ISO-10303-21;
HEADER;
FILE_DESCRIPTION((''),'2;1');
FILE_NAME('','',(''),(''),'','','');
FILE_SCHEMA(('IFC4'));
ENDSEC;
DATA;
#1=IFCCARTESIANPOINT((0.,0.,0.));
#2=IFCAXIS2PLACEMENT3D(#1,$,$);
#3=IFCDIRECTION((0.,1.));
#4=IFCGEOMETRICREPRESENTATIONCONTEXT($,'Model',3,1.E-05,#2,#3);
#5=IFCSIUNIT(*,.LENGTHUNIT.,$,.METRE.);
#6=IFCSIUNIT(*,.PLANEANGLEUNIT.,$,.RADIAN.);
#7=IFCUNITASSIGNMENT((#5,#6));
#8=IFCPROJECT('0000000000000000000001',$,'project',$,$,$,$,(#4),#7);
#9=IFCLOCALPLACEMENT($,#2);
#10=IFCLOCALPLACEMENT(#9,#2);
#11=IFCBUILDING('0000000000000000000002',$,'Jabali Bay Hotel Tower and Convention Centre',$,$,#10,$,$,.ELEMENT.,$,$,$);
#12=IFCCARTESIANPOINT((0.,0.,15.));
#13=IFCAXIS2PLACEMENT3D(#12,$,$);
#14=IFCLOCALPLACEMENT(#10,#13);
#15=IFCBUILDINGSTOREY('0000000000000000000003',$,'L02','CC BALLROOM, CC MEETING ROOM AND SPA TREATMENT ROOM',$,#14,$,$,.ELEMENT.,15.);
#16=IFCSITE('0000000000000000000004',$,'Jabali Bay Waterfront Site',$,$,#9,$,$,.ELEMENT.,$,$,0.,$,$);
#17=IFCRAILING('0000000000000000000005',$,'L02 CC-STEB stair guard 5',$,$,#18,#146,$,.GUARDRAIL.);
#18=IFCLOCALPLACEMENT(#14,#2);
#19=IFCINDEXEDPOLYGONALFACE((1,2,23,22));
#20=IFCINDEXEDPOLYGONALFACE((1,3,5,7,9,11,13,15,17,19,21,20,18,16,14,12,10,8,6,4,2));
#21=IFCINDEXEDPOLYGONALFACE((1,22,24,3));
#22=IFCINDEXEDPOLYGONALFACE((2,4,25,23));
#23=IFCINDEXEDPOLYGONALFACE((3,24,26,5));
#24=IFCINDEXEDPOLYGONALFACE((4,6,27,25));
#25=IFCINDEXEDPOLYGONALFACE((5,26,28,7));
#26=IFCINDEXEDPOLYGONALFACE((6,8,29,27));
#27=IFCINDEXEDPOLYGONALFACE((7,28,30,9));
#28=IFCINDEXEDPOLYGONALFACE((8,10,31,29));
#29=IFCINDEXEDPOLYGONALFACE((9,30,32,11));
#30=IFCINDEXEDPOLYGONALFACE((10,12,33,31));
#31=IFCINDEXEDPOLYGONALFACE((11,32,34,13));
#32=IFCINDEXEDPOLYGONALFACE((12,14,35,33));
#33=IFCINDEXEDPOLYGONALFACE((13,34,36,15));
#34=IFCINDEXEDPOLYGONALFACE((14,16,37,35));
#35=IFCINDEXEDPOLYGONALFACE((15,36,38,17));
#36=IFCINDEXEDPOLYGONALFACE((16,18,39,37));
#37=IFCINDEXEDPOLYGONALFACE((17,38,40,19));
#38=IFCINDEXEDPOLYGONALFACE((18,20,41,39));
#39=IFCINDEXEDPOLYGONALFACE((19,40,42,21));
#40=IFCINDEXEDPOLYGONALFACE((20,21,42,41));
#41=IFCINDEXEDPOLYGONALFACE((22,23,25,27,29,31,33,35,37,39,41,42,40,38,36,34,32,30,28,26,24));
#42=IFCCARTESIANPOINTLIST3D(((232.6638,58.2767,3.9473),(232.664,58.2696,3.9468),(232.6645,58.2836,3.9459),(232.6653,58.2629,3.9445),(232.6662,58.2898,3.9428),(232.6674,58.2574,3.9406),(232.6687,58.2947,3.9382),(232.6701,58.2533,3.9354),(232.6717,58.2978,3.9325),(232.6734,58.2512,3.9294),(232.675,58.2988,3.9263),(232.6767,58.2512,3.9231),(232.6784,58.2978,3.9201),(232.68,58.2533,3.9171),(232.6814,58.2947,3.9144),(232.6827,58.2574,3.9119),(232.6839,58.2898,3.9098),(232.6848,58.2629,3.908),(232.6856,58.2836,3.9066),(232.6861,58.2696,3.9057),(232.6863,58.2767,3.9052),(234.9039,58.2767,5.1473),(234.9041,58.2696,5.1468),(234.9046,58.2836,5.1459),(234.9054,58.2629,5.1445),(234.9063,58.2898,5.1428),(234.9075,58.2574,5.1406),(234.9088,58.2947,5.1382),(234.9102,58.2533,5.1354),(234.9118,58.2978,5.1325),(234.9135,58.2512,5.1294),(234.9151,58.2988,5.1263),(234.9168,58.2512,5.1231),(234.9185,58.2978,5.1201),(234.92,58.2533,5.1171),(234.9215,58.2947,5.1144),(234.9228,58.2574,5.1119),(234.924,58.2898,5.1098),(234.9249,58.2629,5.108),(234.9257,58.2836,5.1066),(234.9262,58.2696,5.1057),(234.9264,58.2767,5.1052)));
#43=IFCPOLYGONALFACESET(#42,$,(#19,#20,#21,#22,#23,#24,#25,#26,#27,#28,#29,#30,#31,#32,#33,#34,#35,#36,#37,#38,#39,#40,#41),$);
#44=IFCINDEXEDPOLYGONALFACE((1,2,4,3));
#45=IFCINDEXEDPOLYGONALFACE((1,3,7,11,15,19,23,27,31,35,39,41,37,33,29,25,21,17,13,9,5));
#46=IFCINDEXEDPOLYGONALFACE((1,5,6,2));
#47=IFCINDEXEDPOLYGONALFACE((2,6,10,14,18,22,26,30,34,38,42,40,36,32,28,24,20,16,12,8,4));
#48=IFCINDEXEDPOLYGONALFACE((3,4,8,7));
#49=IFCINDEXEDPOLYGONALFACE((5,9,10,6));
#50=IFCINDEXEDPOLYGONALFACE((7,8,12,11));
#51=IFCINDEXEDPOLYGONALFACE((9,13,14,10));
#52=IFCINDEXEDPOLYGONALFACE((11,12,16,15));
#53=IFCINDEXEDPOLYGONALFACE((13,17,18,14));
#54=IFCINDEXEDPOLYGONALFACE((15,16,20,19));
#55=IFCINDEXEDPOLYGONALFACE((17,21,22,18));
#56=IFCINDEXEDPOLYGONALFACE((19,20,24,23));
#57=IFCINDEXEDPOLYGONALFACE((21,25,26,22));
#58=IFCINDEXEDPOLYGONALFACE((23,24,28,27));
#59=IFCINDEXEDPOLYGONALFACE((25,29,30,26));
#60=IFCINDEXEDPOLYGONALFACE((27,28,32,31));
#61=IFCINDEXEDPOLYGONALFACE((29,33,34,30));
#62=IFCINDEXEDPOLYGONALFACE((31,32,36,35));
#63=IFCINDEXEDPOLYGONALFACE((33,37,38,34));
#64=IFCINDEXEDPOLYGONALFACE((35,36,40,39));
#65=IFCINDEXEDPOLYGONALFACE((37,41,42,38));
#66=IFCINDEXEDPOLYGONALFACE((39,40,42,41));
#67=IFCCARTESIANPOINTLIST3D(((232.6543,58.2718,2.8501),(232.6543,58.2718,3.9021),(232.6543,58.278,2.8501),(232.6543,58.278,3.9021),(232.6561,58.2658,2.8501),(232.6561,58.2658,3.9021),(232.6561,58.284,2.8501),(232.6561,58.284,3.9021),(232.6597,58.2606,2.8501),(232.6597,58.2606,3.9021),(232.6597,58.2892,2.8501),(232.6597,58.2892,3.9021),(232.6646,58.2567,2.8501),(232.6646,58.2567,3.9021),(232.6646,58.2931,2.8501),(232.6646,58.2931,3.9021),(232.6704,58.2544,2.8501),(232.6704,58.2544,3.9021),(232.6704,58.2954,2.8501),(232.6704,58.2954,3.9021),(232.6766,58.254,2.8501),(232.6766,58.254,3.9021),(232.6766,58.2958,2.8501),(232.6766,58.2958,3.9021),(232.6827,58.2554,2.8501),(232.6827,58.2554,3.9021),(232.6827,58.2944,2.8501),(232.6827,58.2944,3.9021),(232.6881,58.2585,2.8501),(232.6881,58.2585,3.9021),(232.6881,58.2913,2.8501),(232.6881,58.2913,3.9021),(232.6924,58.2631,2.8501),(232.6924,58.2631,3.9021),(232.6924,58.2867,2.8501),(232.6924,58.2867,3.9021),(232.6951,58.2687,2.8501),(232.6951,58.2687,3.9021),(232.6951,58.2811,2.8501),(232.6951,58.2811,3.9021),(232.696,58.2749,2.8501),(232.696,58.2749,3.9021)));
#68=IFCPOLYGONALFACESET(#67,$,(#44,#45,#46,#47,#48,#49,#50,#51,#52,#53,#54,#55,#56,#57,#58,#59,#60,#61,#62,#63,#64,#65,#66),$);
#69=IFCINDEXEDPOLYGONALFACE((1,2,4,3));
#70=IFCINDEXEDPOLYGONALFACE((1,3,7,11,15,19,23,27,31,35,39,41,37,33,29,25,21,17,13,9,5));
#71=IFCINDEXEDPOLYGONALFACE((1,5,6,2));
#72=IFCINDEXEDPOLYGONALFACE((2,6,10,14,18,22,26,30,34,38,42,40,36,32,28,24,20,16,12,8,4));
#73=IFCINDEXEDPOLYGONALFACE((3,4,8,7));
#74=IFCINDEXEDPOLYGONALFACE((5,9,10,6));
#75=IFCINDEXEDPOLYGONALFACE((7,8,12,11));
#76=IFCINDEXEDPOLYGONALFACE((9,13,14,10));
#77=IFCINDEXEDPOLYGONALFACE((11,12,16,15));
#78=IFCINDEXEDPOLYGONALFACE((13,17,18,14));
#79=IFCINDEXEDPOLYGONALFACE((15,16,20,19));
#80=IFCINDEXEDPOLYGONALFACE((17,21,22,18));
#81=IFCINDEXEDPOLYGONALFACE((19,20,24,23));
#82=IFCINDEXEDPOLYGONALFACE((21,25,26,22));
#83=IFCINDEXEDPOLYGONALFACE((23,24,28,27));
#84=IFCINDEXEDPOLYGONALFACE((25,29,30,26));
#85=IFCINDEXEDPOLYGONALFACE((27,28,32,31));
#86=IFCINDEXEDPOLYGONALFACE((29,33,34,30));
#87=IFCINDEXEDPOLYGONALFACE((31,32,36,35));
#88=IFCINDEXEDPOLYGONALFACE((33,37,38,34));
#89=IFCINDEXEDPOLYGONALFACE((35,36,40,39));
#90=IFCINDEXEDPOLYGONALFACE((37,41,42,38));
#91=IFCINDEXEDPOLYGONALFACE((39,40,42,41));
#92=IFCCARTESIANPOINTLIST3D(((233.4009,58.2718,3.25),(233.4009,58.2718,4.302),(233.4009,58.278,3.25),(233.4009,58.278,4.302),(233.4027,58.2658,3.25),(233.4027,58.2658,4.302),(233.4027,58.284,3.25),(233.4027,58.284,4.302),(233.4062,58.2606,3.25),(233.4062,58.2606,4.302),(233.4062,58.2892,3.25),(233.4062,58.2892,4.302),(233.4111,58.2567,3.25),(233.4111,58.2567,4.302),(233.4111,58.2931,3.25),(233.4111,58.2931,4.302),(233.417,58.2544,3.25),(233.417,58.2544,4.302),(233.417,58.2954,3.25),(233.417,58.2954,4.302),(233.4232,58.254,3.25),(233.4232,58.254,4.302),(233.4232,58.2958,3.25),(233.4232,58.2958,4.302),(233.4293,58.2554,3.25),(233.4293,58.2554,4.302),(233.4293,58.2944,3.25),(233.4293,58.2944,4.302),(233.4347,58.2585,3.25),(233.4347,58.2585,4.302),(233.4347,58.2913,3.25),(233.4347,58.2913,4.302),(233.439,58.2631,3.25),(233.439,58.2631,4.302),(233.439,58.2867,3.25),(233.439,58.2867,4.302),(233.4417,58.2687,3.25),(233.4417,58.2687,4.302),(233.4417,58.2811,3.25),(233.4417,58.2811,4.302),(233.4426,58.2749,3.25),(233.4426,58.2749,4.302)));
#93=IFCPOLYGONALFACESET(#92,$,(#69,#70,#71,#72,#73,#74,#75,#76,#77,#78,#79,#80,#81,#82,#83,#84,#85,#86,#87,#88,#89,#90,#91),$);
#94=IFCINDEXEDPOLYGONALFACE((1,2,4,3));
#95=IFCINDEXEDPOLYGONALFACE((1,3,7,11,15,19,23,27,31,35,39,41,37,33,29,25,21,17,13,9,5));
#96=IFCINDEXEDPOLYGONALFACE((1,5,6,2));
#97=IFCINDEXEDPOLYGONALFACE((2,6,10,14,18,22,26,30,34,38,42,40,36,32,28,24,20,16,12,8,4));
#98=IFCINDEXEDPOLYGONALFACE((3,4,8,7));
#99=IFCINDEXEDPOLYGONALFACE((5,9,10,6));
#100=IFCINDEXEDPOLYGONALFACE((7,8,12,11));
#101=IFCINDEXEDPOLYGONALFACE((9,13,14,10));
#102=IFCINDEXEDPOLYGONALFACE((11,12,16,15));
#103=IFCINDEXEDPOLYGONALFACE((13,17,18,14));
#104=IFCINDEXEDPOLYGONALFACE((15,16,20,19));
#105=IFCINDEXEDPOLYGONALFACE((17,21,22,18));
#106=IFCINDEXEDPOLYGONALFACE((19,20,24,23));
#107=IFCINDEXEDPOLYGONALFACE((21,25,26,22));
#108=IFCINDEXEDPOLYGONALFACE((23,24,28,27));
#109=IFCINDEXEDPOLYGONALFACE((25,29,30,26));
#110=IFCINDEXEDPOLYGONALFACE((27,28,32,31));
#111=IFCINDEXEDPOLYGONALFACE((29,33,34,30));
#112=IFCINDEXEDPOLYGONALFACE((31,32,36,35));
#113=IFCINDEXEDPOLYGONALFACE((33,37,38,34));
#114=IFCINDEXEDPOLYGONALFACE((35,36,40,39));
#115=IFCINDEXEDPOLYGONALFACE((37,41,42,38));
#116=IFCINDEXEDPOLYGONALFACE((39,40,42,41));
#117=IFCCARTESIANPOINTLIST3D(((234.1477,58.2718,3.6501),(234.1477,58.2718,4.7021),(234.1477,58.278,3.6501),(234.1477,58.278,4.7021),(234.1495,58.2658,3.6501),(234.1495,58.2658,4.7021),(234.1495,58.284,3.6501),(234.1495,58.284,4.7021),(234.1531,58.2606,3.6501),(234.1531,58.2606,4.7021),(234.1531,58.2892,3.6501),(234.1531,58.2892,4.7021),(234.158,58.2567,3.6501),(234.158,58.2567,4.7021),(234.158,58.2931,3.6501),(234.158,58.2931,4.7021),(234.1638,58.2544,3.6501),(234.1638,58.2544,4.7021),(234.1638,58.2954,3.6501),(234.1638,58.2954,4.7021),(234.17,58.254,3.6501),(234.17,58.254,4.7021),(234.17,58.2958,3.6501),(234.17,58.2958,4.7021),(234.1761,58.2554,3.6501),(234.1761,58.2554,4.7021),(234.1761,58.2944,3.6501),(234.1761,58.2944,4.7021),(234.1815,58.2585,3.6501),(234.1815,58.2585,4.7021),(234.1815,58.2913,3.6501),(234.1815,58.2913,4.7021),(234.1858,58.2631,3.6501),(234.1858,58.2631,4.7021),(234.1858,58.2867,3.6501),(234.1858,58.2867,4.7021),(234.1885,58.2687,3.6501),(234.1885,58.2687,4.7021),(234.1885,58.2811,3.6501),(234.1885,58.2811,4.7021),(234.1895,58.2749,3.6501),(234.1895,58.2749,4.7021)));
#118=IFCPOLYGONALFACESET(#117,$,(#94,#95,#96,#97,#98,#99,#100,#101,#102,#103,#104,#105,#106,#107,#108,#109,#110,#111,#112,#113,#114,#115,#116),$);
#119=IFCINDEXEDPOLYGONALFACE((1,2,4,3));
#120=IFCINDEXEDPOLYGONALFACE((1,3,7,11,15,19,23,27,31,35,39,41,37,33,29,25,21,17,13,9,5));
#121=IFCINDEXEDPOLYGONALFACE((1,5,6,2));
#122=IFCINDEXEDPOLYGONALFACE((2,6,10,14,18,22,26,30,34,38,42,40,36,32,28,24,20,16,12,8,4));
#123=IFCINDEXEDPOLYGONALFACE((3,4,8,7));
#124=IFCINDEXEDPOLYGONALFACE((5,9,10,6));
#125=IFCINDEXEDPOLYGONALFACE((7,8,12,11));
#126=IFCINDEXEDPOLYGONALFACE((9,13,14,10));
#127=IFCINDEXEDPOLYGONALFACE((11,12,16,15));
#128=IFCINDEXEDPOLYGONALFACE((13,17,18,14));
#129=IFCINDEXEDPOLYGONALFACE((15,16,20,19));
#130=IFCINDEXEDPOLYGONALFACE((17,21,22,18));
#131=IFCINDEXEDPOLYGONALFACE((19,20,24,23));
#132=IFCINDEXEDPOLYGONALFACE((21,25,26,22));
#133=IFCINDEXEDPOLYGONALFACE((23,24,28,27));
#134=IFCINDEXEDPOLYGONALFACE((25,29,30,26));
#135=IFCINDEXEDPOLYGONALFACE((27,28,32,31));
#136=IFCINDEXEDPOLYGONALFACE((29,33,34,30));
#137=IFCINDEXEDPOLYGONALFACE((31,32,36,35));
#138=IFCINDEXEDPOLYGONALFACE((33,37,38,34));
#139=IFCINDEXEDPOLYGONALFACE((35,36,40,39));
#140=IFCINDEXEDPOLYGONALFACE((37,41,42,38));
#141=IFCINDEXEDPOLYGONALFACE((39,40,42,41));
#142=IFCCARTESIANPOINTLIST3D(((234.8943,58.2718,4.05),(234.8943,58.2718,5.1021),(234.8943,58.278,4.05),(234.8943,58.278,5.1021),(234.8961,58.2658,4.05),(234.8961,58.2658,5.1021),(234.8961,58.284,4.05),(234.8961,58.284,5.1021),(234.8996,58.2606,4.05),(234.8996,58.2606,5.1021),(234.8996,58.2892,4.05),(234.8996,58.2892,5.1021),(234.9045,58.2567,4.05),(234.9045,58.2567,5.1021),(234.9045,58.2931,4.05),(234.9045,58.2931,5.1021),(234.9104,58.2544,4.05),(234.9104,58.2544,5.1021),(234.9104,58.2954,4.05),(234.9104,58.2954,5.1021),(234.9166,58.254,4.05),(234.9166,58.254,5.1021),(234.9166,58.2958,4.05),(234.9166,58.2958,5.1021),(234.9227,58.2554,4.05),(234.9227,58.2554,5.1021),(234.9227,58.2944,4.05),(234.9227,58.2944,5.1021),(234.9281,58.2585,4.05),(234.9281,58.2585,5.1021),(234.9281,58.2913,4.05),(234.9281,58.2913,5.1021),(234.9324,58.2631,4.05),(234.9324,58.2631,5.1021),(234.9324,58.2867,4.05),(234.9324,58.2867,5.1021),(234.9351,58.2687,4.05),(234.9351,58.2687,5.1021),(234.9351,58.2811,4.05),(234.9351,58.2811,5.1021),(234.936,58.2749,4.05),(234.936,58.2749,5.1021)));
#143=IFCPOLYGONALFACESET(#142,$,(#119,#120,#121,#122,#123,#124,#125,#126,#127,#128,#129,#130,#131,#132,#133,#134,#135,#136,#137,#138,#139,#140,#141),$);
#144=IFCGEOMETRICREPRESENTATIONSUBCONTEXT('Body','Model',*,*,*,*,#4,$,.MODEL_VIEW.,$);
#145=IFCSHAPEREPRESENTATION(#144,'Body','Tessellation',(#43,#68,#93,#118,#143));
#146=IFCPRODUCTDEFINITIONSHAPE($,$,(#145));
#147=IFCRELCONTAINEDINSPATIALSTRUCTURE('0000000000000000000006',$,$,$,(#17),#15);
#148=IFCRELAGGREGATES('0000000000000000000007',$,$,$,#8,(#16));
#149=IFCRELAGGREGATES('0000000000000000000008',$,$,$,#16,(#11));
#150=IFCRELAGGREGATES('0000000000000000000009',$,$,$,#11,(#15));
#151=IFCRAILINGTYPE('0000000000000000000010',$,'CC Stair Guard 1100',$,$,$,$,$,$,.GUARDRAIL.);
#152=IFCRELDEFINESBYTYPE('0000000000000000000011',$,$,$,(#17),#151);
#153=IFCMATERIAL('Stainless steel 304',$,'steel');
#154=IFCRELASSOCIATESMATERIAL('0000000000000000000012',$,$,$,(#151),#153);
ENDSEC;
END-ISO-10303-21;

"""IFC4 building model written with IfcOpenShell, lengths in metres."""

from ifc_helpers import new_model, si_unit, direction, frame, origin, origin_2d, place, context, subcontext, project, spatial, circle, extrude, material, type_object, element, save


model = new_model("IFC4")

# Units and contexts
model_context = context("Model", 3, precision=1e-05, world=origin(), true_north=direction((0.0, 1.0)))
body_context = subcontext(model_context, "Body", "Model", "MODEL_VIEW")
ifc_project = project(units=[si_unit("LENGTHUNIT", "METRE"), si_unit("PLANEANGLEUNIT", "RADIAN")], contexts=[model_context])

# Site, building, storey
site_placement = place(None, origin())
site = spatial("IfcSite", under=ifc_project, at=site_placement, Name="Jabali Bay Waterfront Site", CompositionType="ELEMENT", RefElevation=0.0)
building_placement = place(site_placement, origin())
building = spatial("IfcBuilding", under=site, at=building_placement, Name="Jabali Bay Hotel Tower and Convention Centre", CompositionType="ELEMENT")
storey_placement = place(building_placement, frame((0.0, 0.0, 15.0)))
storey = spatial("IfcBuildingStorey", under=building, at=storey_placement, Name="L02", Description="CC BALLROOM, CC MEETING ROOM AND SPA TREATMENT ROOM", CompositionType="ELEMENT", Elevation=15.0)

# Railing
ifc_material_1 = material(Name="Stainless steel 304", Category="steel")
railing_type_1 = type_object("IfcRailingType", Name="CC Stair Guard 1100", PredefinedType="GUARDRAIL", material=ifc_material_1)
railing_1_placement = place(storey_placement, frame((232.675, 58.2749, 2.8501)))
element("IfcRailing", 1, at=railing_1_placement, inside=storey, type_object=railing_type_1, Name="L02 CC-STEB stair guard 5", PredefinedType="GUARDRAIL", context=body_context, shape_type="SweptSolid", body=[
    extrude(circle(Radius=0.0239, at=origin_2d()), frame((0.0, 0.0, 1.0762), z_axis=(0.881487, 0.0, 0.472208), x_axis=(0.0, 1.0, 0.0)), (0.0, 0.0, 1.0), 2.5413),
    extrude(circle(Radius=0.021, at=origin_2d()), origin(), (0.0, 0.0, 1.0), 1.052),
    extrude(circle(Radius=0.021, at=origin_2d()), frame((0.7466, 0.0, 0.3999)), (0.0, 0.0, 1.0), 1.052),
    extrude(circle(Radius=0.021, at=origin_2d()), frame((1.4934, 0.0, 0.8)), (0.0, 0.0, 1.0), 1.052),
    extrude(circle(Radius=0.021, at=origin_2d()), frame((2.24, 0.0, 1.2)), (0.0, 0.0, 1.0), 1.052),
])

save(model, "model.ifc")
